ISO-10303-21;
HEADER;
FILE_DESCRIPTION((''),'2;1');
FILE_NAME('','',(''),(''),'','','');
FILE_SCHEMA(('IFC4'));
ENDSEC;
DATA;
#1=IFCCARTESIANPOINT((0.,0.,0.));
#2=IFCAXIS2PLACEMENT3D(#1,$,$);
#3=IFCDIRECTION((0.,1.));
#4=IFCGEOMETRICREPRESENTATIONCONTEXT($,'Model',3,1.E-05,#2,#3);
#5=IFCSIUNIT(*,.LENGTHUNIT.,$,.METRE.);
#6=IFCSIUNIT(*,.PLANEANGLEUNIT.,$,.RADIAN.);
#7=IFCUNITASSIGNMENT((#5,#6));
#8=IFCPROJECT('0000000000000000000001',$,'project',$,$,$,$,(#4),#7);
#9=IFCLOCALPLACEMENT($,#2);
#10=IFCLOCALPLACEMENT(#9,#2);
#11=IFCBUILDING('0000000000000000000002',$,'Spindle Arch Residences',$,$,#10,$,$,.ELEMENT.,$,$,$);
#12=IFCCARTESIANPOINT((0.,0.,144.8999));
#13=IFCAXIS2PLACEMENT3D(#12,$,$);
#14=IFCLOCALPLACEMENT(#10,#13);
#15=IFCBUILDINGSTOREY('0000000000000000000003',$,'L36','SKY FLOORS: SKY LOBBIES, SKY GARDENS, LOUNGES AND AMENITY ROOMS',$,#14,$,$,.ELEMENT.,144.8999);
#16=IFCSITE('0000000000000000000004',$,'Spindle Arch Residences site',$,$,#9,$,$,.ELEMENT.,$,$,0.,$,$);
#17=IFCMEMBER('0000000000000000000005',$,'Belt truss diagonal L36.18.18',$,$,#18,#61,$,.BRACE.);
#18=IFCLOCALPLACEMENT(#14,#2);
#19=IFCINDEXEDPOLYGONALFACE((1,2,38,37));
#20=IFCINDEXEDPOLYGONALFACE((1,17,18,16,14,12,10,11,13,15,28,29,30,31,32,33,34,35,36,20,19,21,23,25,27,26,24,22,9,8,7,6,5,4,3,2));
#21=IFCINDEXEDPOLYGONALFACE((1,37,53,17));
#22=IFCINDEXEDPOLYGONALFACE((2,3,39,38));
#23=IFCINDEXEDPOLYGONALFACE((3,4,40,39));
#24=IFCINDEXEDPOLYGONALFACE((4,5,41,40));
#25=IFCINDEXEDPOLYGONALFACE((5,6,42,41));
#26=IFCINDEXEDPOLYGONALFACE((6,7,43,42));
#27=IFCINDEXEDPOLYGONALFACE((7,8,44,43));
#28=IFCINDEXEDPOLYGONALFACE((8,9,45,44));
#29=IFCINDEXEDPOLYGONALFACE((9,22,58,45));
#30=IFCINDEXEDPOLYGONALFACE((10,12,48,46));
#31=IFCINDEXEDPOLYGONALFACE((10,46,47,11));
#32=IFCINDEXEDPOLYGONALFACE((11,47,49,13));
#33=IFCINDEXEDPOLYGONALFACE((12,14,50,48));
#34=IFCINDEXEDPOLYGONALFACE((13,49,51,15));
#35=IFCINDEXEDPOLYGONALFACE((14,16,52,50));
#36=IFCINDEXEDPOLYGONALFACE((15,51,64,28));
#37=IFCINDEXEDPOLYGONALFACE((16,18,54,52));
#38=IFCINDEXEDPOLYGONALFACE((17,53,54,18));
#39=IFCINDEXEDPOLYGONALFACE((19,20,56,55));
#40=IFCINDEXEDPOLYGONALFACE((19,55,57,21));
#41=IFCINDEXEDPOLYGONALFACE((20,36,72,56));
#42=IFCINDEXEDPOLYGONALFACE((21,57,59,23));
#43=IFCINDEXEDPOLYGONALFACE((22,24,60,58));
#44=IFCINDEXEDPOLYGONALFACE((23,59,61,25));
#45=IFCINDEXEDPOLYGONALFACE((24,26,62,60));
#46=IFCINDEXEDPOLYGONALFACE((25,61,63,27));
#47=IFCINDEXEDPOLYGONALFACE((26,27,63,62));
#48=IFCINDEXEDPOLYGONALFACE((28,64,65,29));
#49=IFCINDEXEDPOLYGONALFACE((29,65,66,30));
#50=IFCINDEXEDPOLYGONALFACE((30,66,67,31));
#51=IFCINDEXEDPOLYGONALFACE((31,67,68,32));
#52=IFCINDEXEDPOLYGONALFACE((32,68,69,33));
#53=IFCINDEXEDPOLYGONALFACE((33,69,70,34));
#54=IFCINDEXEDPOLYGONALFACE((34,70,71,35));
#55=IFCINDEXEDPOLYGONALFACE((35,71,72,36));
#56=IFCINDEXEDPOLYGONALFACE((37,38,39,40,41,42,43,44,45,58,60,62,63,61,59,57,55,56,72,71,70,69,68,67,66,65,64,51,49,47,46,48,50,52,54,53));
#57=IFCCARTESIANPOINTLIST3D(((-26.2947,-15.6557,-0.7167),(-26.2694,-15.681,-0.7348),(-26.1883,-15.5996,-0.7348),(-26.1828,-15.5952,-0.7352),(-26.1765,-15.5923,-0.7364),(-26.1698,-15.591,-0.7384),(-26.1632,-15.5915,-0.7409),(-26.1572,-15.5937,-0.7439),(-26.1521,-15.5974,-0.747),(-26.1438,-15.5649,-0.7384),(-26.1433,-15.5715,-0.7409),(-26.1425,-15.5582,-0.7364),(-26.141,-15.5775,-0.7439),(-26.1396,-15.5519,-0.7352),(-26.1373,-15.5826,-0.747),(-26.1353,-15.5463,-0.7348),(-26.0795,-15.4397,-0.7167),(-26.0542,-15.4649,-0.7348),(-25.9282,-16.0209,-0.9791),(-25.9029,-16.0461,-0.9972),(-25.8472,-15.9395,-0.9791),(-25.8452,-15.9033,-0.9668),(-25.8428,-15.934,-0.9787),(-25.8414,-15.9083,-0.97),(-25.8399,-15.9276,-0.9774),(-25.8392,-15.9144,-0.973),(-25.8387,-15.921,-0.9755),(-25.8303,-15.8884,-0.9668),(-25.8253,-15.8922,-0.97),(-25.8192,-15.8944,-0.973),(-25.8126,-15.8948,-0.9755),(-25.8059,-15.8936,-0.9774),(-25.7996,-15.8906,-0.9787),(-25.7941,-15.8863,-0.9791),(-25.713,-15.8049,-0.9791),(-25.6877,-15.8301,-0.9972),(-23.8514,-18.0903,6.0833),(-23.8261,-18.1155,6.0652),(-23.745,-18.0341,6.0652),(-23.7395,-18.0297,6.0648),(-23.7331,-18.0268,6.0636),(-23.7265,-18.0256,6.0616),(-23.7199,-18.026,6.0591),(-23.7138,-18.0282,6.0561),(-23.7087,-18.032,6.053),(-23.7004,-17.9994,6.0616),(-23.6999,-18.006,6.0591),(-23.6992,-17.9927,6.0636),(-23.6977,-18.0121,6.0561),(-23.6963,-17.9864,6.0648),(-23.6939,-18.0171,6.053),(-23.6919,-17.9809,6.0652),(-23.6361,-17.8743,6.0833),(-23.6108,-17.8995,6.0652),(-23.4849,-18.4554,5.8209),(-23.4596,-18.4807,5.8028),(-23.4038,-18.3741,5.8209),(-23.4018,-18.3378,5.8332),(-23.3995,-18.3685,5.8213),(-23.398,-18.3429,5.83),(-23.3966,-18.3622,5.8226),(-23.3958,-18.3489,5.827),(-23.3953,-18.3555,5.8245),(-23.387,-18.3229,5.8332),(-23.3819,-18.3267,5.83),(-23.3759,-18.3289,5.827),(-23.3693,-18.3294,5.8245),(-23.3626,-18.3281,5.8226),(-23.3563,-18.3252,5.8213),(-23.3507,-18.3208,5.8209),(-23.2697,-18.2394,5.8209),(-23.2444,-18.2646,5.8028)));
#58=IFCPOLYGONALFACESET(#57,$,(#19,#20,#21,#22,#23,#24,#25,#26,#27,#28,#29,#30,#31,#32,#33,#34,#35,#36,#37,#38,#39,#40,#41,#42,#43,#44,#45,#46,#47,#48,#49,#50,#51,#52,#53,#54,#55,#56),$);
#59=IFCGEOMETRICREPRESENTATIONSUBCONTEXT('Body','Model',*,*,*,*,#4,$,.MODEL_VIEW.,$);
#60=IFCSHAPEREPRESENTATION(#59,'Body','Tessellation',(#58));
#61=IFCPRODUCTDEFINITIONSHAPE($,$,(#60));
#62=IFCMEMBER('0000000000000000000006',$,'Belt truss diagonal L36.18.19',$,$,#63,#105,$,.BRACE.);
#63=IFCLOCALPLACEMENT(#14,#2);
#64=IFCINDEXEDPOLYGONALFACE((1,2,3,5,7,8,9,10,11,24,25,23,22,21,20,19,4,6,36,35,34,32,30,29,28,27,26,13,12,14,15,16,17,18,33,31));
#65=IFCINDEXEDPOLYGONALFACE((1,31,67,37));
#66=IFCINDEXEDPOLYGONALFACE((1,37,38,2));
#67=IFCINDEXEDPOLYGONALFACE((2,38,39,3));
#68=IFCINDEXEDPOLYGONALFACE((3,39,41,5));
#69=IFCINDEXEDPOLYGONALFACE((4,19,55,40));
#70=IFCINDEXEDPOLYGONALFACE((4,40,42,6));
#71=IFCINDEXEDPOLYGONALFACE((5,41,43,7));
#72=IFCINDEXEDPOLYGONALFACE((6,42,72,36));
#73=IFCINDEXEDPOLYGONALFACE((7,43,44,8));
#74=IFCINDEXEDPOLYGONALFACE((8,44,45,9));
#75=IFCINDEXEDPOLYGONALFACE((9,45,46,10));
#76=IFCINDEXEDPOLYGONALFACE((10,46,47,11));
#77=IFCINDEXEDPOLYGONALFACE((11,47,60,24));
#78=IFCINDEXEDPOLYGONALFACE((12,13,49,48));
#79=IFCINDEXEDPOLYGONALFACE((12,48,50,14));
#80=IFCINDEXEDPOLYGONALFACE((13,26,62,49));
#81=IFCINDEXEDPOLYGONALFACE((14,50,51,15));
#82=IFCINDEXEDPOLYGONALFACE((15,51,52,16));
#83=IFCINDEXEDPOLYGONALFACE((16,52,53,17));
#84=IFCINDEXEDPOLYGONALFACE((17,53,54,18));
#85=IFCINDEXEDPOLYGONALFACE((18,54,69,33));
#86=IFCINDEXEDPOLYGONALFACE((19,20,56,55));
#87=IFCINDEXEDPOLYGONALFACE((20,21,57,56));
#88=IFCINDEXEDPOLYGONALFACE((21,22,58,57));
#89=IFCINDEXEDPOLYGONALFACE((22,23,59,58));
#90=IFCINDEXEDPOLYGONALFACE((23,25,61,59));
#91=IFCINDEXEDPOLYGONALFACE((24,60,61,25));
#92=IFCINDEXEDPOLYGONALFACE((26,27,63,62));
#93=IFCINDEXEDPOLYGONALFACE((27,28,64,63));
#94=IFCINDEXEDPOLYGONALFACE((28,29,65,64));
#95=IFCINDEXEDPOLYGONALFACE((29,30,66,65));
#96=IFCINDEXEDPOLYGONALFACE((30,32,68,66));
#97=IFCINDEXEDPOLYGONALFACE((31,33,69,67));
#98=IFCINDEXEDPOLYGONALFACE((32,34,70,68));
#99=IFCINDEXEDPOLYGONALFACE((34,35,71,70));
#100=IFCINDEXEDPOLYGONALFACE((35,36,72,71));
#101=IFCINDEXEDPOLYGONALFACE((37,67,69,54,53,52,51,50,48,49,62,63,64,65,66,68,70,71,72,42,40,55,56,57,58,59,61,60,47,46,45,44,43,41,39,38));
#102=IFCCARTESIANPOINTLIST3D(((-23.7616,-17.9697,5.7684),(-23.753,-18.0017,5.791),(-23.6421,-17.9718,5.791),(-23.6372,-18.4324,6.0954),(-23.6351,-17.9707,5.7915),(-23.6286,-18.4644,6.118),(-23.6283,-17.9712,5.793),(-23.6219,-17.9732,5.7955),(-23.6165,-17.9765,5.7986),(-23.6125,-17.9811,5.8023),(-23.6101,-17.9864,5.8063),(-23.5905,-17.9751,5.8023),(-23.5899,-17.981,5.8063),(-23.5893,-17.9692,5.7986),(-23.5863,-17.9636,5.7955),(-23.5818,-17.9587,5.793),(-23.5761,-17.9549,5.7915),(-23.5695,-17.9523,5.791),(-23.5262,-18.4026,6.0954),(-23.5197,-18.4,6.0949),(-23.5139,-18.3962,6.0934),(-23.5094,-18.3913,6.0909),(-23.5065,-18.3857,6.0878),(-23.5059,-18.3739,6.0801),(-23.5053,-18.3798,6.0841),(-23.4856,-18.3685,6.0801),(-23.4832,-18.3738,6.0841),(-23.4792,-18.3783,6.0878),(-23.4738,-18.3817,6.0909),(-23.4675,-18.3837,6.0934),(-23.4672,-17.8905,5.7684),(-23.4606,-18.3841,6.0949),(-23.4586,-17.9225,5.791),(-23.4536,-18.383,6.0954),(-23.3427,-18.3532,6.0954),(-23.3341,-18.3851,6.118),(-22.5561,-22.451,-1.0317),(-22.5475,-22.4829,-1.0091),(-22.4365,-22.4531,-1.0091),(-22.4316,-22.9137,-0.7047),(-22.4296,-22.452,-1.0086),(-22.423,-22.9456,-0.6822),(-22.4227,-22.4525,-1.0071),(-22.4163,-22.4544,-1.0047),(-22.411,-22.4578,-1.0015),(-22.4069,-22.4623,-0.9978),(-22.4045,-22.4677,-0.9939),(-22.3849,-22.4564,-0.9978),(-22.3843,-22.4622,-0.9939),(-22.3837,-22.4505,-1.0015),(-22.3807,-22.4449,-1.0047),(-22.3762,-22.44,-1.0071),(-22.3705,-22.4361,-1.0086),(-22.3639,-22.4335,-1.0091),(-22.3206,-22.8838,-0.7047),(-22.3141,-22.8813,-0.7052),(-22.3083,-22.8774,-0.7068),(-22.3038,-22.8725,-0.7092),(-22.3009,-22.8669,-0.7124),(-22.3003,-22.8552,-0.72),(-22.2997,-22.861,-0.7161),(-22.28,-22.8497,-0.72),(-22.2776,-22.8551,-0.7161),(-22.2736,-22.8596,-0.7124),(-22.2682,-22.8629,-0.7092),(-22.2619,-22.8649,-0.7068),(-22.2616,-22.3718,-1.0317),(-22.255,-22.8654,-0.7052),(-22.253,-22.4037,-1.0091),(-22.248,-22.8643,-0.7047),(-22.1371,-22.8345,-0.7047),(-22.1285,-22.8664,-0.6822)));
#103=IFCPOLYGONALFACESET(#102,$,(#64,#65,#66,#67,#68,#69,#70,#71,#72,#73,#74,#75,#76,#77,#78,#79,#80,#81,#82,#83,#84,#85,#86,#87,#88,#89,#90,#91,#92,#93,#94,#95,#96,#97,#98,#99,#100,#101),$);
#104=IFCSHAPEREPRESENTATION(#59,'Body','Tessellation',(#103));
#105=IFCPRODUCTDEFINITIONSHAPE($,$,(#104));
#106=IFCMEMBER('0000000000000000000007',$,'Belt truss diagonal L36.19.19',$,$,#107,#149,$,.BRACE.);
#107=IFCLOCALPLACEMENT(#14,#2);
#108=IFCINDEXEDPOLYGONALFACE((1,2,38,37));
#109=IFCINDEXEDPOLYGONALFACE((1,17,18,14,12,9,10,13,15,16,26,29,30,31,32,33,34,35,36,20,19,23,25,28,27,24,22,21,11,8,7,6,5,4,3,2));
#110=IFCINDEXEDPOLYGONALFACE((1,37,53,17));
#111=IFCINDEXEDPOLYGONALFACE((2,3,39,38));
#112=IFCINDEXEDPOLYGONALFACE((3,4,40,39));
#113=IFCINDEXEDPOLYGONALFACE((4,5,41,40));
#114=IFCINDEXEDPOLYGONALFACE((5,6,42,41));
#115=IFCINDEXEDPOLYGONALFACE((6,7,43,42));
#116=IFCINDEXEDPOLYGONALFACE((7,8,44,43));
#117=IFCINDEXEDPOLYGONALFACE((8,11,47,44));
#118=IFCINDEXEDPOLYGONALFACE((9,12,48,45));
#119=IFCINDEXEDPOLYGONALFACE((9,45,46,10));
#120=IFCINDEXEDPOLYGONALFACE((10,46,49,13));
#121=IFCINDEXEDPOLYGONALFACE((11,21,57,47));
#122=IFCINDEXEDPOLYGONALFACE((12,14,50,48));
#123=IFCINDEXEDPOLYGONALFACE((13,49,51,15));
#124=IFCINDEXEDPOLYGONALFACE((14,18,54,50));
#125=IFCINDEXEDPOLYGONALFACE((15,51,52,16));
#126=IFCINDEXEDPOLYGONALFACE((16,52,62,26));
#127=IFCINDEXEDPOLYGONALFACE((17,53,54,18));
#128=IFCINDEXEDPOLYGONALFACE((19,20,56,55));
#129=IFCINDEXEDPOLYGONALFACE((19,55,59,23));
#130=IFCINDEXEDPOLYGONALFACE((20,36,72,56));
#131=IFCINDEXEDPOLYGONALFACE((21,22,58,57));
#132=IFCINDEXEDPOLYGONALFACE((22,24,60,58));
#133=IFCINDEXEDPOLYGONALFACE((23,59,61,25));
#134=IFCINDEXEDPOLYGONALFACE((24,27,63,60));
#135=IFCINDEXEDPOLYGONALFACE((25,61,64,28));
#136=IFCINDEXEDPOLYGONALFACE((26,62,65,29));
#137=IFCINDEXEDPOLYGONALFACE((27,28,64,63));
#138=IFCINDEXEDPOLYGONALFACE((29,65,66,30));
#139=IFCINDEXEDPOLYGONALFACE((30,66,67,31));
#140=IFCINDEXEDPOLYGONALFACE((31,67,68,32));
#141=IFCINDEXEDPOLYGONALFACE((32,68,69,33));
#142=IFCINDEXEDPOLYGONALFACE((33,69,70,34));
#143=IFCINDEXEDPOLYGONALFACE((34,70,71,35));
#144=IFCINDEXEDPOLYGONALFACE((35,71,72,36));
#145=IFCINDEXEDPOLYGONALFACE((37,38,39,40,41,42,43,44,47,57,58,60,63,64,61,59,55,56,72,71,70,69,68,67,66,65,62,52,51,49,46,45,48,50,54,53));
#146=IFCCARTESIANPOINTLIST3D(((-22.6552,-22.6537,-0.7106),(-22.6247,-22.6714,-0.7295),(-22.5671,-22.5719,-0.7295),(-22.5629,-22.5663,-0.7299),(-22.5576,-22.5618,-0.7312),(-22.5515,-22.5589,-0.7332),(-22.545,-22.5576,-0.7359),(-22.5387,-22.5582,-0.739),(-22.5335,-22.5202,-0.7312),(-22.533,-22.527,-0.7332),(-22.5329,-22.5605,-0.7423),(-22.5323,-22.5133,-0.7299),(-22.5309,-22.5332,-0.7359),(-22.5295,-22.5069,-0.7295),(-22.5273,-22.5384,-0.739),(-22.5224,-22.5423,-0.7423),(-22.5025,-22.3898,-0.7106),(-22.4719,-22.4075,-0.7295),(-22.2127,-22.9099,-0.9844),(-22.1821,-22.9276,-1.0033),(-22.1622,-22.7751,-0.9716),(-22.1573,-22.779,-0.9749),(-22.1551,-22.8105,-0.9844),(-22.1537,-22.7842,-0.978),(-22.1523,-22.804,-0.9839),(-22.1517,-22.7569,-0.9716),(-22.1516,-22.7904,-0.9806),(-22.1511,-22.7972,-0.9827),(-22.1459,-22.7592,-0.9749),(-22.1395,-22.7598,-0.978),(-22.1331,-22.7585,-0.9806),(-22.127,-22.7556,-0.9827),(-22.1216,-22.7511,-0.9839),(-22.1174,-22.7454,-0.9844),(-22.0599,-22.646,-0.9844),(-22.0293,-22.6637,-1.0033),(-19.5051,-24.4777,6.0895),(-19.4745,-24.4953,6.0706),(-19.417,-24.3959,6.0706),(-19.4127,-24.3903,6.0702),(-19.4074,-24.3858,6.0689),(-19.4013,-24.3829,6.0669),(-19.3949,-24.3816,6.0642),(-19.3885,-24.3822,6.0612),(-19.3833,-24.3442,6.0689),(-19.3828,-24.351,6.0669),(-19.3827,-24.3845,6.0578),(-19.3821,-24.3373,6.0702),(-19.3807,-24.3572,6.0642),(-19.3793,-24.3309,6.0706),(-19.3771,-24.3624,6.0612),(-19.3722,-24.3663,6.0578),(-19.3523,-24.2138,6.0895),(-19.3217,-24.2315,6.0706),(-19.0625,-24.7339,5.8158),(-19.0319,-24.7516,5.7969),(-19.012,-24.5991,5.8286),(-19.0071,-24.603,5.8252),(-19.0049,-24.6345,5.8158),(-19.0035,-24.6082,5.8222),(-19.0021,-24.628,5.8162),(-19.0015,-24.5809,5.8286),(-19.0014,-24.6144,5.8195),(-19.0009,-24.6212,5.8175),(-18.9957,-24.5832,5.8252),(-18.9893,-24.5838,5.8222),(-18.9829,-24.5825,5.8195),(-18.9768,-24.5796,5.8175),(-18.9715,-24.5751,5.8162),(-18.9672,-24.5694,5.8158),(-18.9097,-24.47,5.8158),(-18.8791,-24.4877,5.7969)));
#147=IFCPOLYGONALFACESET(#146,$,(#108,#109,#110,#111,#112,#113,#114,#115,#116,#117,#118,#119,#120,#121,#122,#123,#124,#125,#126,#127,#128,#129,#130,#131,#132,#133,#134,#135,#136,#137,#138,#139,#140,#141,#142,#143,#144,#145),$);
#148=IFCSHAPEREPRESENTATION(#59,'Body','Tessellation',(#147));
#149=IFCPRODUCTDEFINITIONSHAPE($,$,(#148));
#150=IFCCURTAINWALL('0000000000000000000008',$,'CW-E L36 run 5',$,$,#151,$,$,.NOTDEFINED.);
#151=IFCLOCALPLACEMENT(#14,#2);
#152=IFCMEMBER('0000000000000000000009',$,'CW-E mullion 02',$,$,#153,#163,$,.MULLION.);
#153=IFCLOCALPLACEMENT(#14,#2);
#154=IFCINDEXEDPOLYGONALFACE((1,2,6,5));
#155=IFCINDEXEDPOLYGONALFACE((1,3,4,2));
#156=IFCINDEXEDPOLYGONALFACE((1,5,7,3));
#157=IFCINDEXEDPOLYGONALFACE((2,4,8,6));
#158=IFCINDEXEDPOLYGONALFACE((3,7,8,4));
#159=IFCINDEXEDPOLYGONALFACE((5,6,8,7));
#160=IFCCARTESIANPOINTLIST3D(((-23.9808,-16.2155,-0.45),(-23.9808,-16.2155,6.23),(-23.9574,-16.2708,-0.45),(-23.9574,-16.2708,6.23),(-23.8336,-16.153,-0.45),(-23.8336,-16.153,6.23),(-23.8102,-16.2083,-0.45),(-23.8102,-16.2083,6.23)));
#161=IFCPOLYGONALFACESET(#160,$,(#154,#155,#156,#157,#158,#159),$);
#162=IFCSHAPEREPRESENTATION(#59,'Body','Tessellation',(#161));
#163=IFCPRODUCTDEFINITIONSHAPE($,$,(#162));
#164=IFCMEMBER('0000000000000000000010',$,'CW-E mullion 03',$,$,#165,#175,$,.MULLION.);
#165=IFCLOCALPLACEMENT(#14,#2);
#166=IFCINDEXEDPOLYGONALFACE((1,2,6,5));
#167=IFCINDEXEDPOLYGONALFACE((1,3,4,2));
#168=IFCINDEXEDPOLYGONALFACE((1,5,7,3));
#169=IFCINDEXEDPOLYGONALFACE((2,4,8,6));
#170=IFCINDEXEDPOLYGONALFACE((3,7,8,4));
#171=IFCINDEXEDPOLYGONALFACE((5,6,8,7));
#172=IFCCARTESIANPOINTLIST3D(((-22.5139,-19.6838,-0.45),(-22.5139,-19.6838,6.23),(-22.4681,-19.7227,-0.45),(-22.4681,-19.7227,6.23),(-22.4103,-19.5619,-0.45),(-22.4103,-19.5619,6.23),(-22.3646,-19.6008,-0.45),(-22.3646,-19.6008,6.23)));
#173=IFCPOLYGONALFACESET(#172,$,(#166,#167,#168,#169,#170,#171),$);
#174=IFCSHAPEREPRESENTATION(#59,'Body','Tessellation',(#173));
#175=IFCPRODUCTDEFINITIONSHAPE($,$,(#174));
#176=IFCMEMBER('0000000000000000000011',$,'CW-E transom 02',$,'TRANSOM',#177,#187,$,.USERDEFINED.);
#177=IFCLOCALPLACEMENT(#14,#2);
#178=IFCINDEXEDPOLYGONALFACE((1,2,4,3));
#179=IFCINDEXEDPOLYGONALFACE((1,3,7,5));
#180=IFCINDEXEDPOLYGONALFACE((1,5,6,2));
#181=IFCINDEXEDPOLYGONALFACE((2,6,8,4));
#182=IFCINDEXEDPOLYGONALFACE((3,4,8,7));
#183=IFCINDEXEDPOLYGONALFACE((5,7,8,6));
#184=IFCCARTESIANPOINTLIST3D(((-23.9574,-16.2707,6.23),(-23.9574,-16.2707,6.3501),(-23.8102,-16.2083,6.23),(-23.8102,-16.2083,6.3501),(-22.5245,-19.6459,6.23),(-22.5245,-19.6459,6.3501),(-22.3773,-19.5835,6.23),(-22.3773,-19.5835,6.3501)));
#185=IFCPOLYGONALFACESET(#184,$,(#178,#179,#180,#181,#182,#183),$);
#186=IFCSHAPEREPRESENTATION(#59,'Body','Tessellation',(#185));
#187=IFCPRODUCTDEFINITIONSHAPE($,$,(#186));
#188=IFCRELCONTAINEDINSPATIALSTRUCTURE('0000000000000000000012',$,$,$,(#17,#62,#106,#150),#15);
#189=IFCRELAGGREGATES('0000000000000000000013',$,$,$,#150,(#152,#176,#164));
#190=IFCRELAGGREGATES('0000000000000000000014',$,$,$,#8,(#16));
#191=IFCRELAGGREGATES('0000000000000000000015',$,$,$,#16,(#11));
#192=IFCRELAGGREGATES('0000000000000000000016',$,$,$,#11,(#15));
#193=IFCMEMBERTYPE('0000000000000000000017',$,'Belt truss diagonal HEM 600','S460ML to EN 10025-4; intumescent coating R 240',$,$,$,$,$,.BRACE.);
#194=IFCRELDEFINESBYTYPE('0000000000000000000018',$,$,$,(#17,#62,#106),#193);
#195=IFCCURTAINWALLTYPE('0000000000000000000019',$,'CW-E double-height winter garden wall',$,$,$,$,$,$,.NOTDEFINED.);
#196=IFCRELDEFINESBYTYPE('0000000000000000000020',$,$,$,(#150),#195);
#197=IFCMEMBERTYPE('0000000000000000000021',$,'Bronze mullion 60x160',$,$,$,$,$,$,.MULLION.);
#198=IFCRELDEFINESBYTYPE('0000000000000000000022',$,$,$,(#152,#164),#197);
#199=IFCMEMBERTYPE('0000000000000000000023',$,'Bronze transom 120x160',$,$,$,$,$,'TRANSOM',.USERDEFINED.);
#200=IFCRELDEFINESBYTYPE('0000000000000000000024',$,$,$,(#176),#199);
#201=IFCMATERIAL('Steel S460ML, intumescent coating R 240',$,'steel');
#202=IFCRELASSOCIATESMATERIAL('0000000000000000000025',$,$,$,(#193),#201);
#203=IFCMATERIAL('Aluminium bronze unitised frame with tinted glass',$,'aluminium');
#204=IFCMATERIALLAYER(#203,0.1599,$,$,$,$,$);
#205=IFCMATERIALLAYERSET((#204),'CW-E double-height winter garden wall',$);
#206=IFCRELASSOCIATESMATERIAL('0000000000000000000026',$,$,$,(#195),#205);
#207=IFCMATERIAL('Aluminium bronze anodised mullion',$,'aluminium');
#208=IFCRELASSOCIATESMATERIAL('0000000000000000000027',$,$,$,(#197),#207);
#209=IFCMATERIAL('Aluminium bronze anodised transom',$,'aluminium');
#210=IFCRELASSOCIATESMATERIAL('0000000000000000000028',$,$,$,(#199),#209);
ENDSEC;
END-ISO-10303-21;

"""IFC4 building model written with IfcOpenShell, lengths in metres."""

from ifc_helpers import new_model, si_unit, direction, frame, origin, origin_2d, place, context, subcontext, project, spatial, rectangle, i_section, extrude, material, layer, layer_set, material_profile, profile_set, type_object, element, aggregate, save


model = new_model("IFC4")

# Units and contexts
model_context = context("Model", 3, precision=1e-05, world=origin(), true_north=direction((0.0, 1.0)))
body_context = subcontext(model_context, "Body", "Model", "MODEL_VIEW")
ifc_project = project(units=[si_unit("LENGTHUNIT", "METRE"), si_unit("PLANEANGLEUNIT", "RADIAN")], contexts=[model_context])

# Site, building, storey
site_placement = place(None, origin())
site = spatial("IfcSite", under=ifc_project, at=site_placement, Name="Spindle Arch Residences site", CompositionType="ELEMENT", RefElevation=0.0)
building_placement = place(site_placement, origin())
building = spatial("IfcBuilding", under=site, at=building_placement, Name="Spindle Arch Residences", CompositionType="ELEMENT")
storey_placement = place(building_placement, frame((0.0, 0.0, 144.8999)))
storey = spatial("IfcBuildingStorey", under=building, at=storey_placement, Name="L36", Description="SKY FLOORS: SKY LOBBIES, SKY GARDENS, LOUNGES AND AMENITY ROOMS", CompositionType="ELEMENT", Elevation=144.8999)

# Members
ifc_material_1 = material(Name="Steel S460ML, intumescent coating R 240", Category="steel")
ifc_material_profile_1 = material_profile(ifc_material_1, i_section(OverallWidth=0.3049, OverallDepth=0.6201, WebThickness=0.021, FlangeThickness=0.04, FilletRadius=0.0271, at=origin_2d()), Name="HEM 600")
ifc_profile_set_1 = profile_set([ifc_material_profile_1], Name="Steel S460ML, intumescent coating R 240")
member_type_1 = type_object("IfcMemberType", Name="Belt truss diagonal HEM 600", Description="S460ML to EN 10025-4; intumescent coating R 240", PredefinedType="BRACE", material=ifc_profile_set_1)
member_1_placement = place(storey_placement, frame((-25.9912, -15.7429, -0.8569), z_axis=(0.320448, -0.319296, 0.891831), x_axis=(0.705832, 0.70838, 0.0)))
element("IfcMember", 1, at=member_1_placement, inside=storey, type_object=member_type_1, Name="Belt truss diagonal L36.18.18", PredefinedType="BRACE", context=body_context, shape_type="SweptSolid", body=[
    extrude(i_section(OverallWidth=0.3049, OverallDepth=0.6201, WebThickness=0.021, FlangeThickness=0.04, FilletRadius=0.0271, at=origin_2d()), origin(), (0.0, 0.0, 1.0), 7.6248),
])
member_2_placement = place(storey_placement, frame((-22.3423, -22.6587, -0.8569), z_axis=(-0.146439, 0.544326, 0.825993), x_axis=(-0.965665, -0.25979, 0.0)))
element("IfcMember", 2, at=member_2_placement, inside=storey, type_object=member_type_1, Name="Belt truss diagonal L36.18.19", PredefinedType="BRACE", context=body_context, shape_type="SweptSolid", body=[
    extrude(i_section(OverallWidth=0.3049, OverallDepth=0.6201, WebThickness=0.021, FlangeThickness=0.04, FilletRadius=0.0271, at=origin_2d()), origin(), (0.0, 0.0, 1.0), 8.2327),
])
member_3_placement = place(storey_placement, frame((-22.3423, -22.6587, -0.8569), z_axis=(0.408418, -0.236479, 0.88163), x_axis=(0.501079, 0.865402, 0.0)))
element("IfcMember", 3, at=member_3_placement, inside=storey, type_object=member_type_1, Name="Belt truss diagonal L36.19.19", PredefinedType="BRACE", context=body_context, shape_type="SweptSolid", body=[
    extrude(i_section(OverallWidth=0.3049, OverallDepth=0.6201, WebThickness=0.021, FlangeThickness=0.04, FilletRadius=0.0271, at=origin_2d()), origin(), (0.0, 0.0, 1.0), 7.7131),
])

# Curtain wall, members
ifc_material_2 = material(Name="Aluminium bronze unitised frame with tinted glass", Category="aluminium")
ifc_layer_1 = layer(ifc_material_2, 0.1599)
ifc_layer_set_1 = layer_set([ifc_layer_1], Name="CW-E double-height winter garden wall")
curtain_wall_type = type_object("IfcCurtainWallType", Name="CW-E double-height winter garden wall", PredefinedType="NOTDEFINED", material=ifc_layer_set_1)
curtain_wall_placement = place(storey_placement, origin())
curtain_wall = element("IfcCurtainWall", 4, at=curtain_wall_placement, inside=storey, type_object=curtain_wall_type, Name="CW-E L36 run 5", PredefinedType="NOTDEFINED")
ifc_material_3 = material(Name="Aluminium bronze anodised mullion", Category="aluminium")
ifc_material_profile_2 = material_profile(ifc_material_3, rectangle(XDim=0.1599, YDim=0.0601, at=origin_2d()), Name="MU 60x160")
ifc_profile_set_2 = profile_set([ifc_material_profile_2], Name="Aluminium bronze anodised mullion")
member_type_2 = type_object("IfcMemberType", Name="Bronze mullion 60x160", PredefinedType="MULLION", material=ifc_profile_set_2)
member_4_placement = place(storey_placement, frame((-23.8955, -16.2119, -0.45), z_axis=(0.0, 0.0, 1.0), x_axis=(0.920505, 0.390731, 0.0)))
member_4 = element("IfcMember", 5, at=member_4_placement, type_object=member_type_2, Name="CW-E mullion 02", PredefinedType="MULLION", context=body_context, shape_type="SweptSolid", body=[
    extrude(rectangle(XDim=0.1599, YDim=0.0601, at=origin_2d()), origin(), (0.0, 0.0, 1.0), 6.6799),
])
member_5_placement = place(storey_placement, frame((-22.4392, -19.6423, -0.45), z_axis=(0.0, 0.0, 1.0), x_axis=(0.647233, 0.762292, 0.0)))
member_5 = element("IfcMember", 6, at=member_5_placement, type_object=member_type_2, Name="CW-E mullion 03", PredefinedType="MULLION", context=body_context, shape_type="SweptSolid", body=[
    extrude(rectangle(XDim=0.1599, YDim=0.0601, at=origin_2d()), origin(), (0.0, 0.0, 1.0), 6.6799),
])
ifc_material_4 = material(Name="Aluminium bronze anodised transom", Category="aluminium")
ifc_material_profile_3 = material_profile(ifc_material_4, rectangle(XDim=0.1599, YDim=0.1201, at=origin_2d()), Name="TR 120x160")
ifc_profile_set_3 = profile_set([ifc_material_profile_3], Name="Aluminium bronze anodised transom")
member_type_3 = type_object("IfcMemberType", Name="Bronze transom 120x160", ElementType="TRANSOM", PredefinedType="USERDEFINED", material=ifc_profile_set_3)
member_6_placement = place(storey_placement, frame((-23.8838, -16.2395, 6.29), z_axis=(0.390767, -0.92049, 0.0), x_axis=(0.92049, 0.390767, 0.0)))
member_6 = element("IfcMember", 7, at=member_6_placement, type_object=member_type_3, Name="CW-E transom 02", ObjectType="TRANSOM", PredefinedType="USERDEFINED", context=body_context, shape_type="SweptSolid", body=[
    extrude(rectangle(XDim=0.1599, YDim=0.1201, at=origin_2d()), origin(), (0.0, 0.0, 1.0), 3.6667),
])
aggregate(curtain_wall, [member_4, member_6, member_5])

save(model, "model.ifc")
